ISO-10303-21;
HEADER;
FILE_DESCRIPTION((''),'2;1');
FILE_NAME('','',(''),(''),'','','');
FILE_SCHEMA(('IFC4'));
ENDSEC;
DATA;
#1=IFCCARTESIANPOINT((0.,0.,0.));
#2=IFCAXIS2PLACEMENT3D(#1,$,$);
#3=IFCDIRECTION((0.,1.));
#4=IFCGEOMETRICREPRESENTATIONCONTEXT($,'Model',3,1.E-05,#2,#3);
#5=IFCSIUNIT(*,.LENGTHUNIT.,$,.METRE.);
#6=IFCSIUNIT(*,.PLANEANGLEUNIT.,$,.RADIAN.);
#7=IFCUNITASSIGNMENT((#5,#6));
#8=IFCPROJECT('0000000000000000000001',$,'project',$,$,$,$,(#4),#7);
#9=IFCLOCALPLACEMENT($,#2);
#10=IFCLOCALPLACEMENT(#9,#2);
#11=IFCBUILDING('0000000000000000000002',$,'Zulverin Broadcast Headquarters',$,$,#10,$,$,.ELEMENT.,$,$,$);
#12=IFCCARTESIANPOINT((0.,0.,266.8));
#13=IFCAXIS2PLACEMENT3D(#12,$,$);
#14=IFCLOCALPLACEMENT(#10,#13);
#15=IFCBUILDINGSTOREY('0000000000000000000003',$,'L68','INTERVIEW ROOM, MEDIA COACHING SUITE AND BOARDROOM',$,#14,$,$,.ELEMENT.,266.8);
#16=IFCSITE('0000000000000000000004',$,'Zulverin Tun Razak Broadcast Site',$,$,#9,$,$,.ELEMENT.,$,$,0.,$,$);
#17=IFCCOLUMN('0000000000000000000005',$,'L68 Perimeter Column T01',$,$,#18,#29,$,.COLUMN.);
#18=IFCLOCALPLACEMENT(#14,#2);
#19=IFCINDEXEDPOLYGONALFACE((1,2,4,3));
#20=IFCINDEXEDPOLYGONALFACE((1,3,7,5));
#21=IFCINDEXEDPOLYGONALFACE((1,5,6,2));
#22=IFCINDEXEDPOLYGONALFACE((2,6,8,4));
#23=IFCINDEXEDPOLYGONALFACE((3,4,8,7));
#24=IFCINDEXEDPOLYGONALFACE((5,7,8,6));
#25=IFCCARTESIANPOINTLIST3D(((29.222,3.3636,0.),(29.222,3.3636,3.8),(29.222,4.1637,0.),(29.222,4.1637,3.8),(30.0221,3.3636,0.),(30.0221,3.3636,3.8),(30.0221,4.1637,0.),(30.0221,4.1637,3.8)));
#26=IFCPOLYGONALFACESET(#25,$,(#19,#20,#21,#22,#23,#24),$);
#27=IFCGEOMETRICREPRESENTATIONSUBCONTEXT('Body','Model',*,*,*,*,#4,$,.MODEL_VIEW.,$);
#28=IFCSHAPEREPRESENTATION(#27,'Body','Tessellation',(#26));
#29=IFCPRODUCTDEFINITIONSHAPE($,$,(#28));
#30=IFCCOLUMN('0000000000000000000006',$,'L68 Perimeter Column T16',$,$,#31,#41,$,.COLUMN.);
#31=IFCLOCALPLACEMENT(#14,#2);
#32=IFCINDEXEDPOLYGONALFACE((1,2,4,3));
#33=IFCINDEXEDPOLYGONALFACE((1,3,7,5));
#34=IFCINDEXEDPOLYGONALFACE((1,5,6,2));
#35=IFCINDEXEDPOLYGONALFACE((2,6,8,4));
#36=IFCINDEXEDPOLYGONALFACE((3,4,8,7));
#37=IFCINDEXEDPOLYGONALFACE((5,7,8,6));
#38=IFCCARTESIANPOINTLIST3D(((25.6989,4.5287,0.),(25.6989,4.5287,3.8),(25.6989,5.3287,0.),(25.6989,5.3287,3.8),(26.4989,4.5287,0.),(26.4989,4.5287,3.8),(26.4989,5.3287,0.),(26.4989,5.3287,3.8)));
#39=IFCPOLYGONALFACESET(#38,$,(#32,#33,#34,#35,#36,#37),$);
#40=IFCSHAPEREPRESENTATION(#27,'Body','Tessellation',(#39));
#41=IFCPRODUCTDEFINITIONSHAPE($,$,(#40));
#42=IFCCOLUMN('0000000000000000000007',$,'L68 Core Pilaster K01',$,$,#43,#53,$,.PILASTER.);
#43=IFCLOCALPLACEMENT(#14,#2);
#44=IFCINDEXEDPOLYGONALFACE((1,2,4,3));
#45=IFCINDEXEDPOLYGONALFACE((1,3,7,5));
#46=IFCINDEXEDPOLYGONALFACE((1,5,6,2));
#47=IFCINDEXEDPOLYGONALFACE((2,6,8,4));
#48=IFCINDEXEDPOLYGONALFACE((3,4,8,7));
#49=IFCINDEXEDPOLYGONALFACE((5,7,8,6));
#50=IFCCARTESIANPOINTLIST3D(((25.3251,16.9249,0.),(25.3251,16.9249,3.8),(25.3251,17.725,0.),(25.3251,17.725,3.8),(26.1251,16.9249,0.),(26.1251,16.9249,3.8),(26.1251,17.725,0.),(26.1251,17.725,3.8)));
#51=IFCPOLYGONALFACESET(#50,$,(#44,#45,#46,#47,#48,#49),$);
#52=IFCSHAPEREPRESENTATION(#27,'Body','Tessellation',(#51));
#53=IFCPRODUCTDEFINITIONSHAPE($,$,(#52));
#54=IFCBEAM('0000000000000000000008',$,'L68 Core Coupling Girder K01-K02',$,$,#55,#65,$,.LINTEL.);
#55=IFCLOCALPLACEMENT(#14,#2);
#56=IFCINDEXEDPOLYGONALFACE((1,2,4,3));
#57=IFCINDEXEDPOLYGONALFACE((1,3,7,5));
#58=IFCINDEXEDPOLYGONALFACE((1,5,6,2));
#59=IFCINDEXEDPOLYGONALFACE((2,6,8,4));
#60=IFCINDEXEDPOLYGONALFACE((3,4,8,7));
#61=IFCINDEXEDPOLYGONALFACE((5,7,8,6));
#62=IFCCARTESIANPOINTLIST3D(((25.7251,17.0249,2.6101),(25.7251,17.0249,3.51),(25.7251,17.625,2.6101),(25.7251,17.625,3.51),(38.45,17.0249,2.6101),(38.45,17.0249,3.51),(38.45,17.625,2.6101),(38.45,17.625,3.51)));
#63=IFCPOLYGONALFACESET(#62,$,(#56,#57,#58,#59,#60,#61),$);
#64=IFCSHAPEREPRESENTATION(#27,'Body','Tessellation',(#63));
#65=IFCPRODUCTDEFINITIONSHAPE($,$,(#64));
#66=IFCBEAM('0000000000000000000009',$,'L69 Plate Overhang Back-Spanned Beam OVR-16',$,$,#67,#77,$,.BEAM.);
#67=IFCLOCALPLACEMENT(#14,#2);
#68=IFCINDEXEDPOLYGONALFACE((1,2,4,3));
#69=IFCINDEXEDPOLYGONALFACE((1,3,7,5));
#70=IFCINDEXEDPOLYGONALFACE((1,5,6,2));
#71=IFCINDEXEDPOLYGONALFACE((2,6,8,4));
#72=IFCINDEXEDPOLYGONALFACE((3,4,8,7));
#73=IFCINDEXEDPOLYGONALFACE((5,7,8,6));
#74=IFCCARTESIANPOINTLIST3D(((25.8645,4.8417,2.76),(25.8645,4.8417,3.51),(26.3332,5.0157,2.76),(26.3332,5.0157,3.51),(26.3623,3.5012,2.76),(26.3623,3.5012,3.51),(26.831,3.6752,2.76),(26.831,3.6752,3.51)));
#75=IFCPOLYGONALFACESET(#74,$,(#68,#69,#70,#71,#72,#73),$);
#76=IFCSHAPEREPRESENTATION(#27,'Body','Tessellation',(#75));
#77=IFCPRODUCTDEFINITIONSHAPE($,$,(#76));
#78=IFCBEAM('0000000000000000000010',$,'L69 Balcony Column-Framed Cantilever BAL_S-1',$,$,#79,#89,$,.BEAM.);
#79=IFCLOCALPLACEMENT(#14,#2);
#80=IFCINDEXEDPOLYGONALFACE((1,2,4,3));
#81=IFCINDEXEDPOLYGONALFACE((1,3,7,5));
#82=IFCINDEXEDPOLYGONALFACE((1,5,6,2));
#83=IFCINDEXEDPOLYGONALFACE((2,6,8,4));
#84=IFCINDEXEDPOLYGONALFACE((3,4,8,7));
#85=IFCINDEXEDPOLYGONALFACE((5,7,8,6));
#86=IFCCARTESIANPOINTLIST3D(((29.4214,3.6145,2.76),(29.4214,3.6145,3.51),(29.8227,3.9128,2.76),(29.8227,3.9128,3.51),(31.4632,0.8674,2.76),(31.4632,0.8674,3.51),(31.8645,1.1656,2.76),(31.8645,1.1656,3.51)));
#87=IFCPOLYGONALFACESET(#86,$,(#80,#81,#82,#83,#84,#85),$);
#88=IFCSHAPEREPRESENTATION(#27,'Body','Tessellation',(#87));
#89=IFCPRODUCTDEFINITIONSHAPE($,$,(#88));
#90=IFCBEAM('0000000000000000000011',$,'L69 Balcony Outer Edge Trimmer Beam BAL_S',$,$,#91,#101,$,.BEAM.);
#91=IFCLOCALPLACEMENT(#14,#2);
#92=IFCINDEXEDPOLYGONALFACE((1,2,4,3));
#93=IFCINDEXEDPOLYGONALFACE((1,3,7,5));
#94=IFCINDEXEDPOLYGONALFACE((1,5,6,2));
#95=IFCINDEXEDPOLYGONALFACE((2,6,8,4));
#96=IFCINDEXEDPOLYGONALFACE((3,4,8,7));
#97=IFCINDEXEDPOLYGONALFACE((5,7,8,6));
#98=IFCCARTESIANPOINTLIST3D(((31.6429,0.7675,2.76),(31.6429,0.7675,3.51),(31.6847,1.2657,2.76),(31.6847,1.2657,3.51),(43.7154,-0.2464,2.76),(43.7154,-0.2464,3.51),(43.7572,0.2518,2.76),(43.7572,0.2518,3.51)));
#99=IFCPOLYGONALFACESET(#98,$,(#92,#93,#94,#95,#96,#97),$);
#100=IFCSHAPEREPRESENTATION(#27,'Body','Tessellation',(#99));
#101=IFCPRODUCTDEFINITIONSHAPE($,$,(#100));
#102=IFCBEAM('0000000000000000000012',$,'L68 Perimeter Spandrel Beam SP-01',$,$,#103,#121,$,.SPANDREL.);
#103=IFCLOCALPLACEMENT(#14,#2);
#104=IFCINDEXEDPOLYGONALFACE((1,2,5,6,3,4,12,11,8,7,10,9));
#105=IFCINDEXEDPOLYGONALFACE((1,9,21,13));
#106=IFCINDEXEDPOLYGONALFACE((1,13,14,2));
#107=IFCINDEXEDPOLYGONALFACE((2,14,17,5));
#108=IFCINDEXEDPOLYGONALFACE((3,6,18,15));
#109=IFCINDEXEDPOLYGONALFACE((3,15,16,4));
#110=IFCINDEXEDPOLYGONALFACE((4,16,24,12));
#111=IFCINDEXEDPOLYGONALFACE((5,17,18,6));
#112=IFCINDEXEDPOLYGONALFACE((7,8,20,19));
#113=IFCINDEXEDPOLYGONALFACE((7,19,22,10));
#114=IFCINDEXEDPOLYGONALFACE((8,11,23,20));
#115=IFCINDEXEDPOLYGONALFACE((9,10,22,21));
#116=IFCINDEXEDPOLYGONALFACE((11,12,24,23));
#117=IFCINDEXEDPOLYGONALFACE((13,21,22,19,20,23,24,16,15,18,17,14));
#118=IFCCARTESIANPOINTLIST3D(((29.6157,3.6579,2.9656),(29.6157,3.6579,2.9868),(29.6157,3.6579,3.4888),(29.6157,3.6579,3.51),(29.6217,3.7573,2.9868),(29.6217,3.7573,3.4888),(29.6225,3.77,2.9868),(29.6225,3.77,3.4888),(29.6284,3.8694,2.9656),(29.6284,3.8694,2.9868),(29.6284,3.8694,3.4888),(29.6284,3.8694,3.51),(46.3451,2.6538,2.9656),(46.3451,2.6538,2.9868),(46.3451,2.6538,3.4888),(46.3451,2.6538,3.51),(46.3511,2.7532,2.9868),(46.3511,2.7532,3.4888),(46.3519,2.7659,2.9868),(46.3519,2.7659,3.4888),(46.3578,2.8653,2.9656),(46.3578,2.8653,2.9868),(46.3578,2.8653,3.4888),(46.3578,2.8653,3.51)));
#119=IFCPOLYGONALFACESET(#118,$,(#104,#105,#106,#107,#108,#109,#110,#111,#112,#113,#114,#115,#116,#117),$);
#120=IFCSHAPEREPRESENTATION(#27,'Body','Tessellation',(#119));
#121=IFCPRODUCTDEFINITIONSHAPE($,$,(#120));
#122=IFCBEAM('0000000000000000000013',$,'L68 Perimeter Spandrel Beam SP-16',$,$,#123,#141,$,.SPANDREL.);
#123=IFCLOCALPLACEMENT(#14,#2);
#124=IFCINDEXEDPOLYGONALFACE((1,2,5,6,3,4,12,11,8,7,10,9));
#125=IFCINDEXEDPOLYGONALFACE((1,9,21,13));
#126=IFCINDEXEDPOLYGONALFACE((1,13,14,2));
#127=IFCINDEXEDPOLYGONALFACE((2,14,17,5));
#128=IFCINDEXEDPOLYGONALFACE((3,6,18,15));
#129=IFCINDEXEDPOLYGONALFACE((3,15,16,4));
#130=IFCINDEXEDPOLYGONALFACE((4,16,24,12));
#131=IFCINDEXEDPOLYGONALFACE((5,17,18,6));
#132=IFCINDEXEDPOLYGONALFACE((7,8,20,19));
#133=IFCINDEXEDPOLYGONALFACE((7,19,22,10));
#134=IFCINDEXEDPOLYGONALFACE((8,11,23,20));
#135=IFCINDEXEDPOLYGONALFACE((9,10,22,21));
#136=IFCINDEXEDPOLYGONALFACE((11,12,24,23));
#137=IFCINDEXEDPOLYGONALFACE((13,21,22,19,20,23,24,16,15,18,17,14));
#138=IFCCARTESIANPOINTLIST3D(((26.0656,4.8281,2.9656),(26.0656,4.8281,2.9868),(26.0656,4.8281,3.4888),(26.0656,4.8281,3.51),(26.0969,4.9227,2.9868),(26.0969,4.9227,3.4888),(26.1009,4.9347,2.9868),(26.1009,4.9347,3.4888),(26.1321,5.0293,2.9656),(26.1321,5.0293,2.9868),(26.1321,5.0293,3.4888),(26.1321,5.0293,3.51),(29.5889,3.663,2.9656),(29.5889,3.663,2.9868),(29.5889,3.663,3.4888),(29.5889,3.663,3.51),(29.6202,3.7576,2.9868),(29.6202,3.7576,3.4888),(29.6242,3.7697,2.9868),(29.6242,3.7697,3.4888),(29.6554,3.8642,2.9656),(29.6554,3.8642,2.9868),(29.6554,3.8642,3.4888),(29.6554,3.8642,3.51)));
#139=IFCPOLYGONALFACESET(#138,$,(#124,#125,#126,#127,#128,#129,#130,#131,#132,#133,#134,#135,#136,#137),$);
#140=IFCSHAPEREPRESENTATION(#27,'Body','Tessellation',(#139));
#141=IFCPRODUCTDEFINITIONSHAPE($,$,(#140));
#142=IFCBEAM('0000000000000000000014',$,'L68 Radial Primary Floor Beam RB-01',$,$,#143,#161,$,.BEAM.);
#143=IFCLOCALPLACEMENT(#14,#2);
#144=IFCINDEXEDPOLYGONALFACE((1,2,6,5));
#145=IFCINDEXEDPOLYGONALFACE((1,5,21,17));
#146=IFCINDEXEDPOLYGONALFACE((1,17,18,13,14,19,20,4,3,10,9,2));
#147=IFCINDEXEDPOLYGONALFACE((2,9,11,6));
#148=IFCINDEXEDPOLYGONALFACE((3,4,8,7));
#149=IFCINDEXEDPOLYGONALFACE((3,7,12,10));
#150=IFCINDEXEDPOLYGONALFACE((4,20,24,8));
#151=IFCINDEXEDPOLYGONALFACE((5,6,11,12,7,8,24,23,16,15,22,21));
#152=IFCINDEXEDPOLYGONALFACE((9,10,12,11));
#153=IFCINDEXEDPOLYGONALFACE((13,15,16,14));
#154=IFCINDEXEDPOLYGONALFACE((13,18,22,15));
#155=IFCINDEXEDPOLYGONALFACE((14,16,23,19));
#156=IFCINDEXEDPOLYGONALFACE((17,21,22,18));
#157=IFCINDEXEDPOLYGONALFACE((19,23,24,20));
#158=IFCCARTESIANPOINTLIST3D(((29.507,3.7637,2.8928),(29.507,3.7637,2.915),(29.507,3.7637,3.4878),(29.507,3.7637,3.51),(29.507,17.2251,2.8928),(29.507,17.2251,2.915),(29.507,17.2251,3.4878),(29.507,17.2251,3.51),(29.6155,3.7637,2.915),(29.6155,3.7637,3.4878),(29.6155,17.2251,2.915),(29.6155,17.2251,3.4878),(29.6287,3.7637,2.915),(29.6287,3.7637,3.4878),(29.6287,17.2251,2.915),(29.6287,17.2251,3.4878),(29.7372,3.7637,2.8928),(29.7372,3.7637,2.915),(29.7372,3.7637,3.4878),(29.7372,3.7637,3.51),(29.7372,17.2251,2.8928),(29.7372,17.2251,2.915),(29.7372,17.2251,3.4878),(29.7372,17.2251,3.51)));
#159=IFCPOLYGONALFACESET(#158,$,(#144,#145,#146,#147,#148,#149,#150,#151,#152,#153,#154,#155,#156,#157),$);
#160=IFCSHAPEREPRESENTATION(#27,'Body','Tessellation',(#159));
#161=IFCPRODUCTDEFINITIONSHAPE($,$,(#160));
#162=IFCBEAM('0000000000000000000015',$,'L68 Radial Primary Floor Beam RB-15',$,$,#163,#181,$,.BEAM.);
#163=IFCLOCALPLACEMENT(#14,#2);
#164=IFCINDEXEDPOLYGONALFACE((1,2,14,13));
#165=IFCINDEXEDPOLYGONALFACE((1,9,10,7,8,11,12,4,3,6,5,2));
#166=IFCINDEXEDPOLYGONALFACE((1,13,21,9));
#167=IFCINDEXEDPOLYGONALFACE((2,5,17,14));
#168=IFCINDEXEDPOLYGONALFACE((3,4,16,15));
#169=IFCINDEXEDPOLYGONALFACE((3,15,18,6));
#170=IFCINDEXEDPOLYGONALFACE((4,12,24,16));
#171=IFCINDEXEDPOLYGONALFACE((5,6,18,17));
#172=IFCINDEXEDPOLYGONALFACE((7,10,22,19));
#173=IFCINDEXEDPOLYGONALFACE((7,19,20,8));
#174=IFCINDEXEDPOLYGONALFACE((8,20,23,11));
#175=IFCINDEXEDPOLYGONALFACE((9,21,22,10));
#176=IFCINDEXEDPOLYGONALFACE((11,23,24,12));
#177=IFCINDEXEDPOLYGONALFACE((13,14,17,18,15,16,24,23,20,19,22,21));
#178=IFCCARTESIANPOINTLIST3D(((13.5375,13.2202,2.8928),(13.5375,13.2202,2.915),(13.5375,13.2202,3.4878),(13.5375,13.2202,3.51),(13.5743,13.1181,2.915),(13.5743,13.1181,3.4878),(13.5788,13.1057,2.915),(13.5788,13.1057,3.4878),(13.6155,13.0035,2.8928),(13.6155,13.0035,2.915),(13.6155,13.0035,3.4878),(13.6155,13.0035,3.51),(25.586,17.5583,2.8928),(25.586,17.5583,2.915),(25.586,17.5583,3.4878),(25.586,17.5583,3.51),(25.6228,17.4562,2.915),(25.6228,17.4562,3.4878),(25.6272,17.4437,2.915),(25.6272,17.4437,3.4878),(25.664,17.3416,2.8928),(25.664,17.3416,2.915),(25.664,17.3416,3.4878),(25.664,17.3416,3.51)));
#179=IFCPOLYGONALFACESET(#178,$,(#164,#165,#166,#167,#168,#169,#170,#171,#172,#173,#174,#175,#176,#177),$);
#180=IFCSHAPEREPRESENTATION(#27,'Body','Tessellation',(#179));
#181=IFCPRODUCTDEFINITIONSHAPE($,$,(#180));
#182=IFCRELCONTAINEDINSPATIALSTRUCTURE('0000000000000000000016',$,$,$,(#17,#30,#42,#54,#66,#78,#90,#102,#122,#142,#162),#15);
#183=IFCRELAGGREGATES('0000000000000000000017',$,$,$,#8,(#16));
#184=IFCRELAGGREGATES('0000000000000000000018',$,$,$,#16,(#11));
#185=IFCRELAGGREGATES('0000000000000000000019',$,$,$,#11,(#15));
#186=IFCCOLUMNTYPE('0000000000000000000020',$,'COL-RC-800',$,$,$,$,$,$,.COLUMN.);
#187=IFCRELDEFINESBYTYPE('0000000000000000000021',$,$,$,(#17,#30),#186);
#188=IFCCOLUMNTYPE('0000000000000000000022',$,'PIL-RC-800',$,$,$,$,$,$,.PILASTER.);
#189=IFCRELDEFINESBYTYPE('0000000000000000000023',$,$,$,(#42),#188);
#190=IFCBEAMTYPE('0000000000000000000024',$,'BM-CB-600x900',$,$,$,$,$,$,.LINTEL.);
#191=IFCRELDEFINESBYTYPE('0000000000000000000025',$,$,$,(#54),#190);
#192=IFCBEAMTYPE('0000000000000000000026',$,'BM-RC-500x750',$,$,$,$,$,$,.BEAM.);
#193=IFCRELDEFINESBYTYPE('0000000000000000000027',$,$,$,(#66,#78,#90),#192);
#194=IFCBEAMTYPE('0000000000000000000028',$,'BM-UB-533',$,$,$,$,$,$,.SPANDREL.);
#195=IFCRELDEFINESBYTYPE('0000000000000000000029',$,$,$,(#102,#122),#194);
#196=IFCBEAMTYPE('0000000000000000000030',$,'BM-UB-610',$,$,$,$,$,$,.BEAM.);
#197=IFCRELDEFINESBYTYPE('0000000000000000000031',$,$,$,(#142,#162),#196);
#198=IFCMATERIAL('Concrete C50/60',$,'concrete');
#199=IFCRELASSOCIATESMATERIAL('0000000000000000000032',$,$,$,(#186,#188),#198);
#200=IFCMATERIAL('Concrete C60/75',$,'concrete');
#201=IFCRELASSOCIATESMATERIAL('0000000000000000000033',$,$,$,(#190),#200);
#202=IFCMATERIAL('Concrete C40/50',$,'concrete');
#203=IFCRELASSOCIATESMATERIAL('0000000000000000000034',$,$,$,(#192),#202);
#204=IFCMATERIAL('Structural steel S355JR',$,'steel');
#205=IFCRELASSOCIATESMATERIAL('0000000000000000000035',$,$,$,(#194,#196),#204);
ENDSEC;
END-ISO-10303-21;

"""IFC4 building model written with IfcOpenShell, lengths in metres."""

from ifc_helpers import new_model, si_unit, direction, frame, origin, origin_2d, place, context, subcontext, project, spatial, rectangle, i_section, extrude, material, material_profile, profile_set, type_object, element, save


model = new_model("IFC4")

# Units and contexts
model_context = context("Model", 3, precision=1e-05, world=origin(), true_north=direction((0.0, 1.0)))
body_context = subcontext(model_context, "Body", "Model", "MODEL_VIEW")
ifc_project = project(units=[si_unit("LENGTHUNIT", "METRE"), si_unit("PLANEANGLEUNIT", "RADIAN")], contexts=[model_context])

# Site, building, storey
site_placement = place(None, origin())
site = spatial("IfcSite", under=ifc_project, at=site_placement, Name="Zulverin Tun Razak Broadcast Site", CompositionType="ELEMENT", RefElevation=0.0)
building_placement = place(site_placement, origin())
building = spatial("IfcBuilding", under=site, at=building_placement, Name="Zulverin Broadcast Headquarters", CompositionType="ELEMENT")
storey_placement = place(building_placement, frame((0.0, 0.0, 266.8)))
storey = spatial("IfcBuildingStorey", under=building, at=storey_placement, Name="L68", Description="INTERVIEW ROOM, MEDIA COACHING SUITE AND BOARDROOM", CompositionType="ELEMENT", Elevation=266.8)

# Columns
ifc_material_1 = material(Name="Concrete C50/60", Category="concrete")
ifc_material_profile_1 = material_profile(ifc_material_1, rectangle(XDim=0.8, YDim=0.8, at=origin_2d()), Name="Concrete C50/60", Category="concrete")
ifc_profile_set_1 = profile_set([ifc_material_profile_1], Name="Concrete C50/60")
column_type_1 = type_object("IfcColumnType", Name="COL-RC-800", PredefinedType="COLUMN", material=ifc_profile_set_1)
for number, where, z_axis, x_axis, name in (
    (1, (29.6221, 3.7637, 0.0), (0.0, 0.0, 1.0), (1.0, 0.0, 0.0), "L68 Perimeter Column T01"),
    (2, (26.0989, 4.9287, 0.0), (0.0, 0.0, 1.0), (1.0, 0.0, 0.0), "L68 Perimeter Column T16"),
):
    element("IfcColumn", number, at=place(storey_placement, frame(where, z_axis=z_axis, x_axis=x_axis)), inside=storey, type_object=column_type_1, Name=name, PredefinedType="COLUMN", context=body_context, shape_type="SweptSolid", body=[
        extrude(rectangle(XDim=0.8, YDim=0.8, at=origin_2d()), origin(), (0.0, 0.0, 1.0), 3.8),
    ])
ifc_material_profile_2 = material_profile(ifc_material_1, rectangle(XDim=0.8, YDim=0.8, at=origin_2d()), Name="Concrete C50/60", Category="concrete")
ifc_profile_set_2 = profile_set([ifc_material_profile_2], Name="Concrete C50/60")
column_type_2 = type_object("IfcColumnType", Name="PIL-RC-800", PredefinedType="PILASTER", material=ifc_profile_set_2)
column_placement = place(storey_placement, frame((25.7251, 17.325, 0.0), z_axis=(0.0, 0.0, 1.0), x_axis=(1.0, 0.0, 0.0)))
element("IfcColumn", 3, at=column_placement, inside=storey, type_object=column_type_2, Name="L68 Core Pilaster K01", PredefinedType="PILASTER", context=body_context, shape_type="SweptSolid", body=[
    extrude(rectangle(XDim=0.8, YDim=0.8, at=origin_2d()), origin(), (0.0, 0.0, 1.0), 3.8),
])

# Beams
ifc_material_2 = material(Name="Concrete C60/75", Category="concrete")
ifc_material_profile_3 = material_profile(ifc_material_2, rectangle(XDim=0.6001, YDim=0.8999, at=origin_2d()), Name="Concrete C60/75", Category="concrete")
ifc_profile_set_3 = profile_set([ifc_material_profile_3], Name="Concrete C60/75")
beam_type_1 = type_object("IfcBeamType", Name="BM-CB-600x900", PredefinedType="LINTEL", material=ifc_profile_set_3)
beam_1_placement = place(storey_placement, frame((25.7251, 17.325, 3.0601), z_axis=(1.0, 0.0, 0.0), x_axis=(0.0, 1.0, 0.0)))
element("IfcBeam", 4, at=beam_1_placement, inside=storey, type_object=beam_type_1, Name="L68 Core Coupling Girder K01-K02", PredefinedType="LINTEL", context=body_context, shape_type="SweptSolid", body=[
    extrude(rectangle(XDim=0.6001, YDim=0.8999, at=origin_2d()), origin(), (0.0, 0.0, 1.0), 12.7249),
])
ifc_material_3 = material(Name="Concrete C40/50", Category="concrete")
ifc_material_profile_4 = material_profile(ifc_material_3, rectangle(XDim=0.5, YDim=0.75, at=origin_2d()), Name="Concrete C40/50", Category="concrete")
ifc_profile_set_4 = profile_set([ifc_material_profile_4], Name="Concrete C40/50")
beam_type_2 = type_object("IfcBeamType", Name="BM-RC-500x750", PredefinedType="BEAM", material=ifc_profile_set_4)
beam_2_placement = place(storey_placement, frame((26.0989, 4.9287, 3.135), z_axis=(0.348109, -0.937454, 0.0), x_axis=(0.937454, 0.348109, 0.0)))
element("IfcBeam", 5, at=beam_2_placement, inside=storey, type_object=beam_type_2, Name="L69 Plate Overhang Back-Spanned Beam OVR-16", PredefinedType="BEAM", context=body_context, shape_type="SweptSolid", body=[
    extrude(rectangle(XDim=0.5, YDim=0.75, at=origin_2d()), origin(), (0.0, 0.0, 1.0), 1.4299),
])
beam_3_placement = place(storey_placement, frame((29.6221, 3.7637, 3.135), z_axis=(0.596525, -0.802595, 0.0), x_axis=(0.802595, 0.596525, 0.0)))
element("IfcBeam", 6, at=beam_3_placement, inside=storey, type_object=beam_type_2, Name="L69 Balcony Column-Framed Cantilever BAL_S-1", PredefinedType="BEAM", context=body_context, shape_type="SweptSolid", body=[
    extrude(rectangle(XDim=0.5, YDim=0.75, at=origin_2d()), origin(), (0.0, 0.0, 1.0), 3.4229),
])
beam_4_placement = place(storey_placement, frame((31.6638, 1.0166, 3.135), z_axis=(0.996492, -0.083691, 0.0), x_axis=(0.083691, 0.996492, 0.0)))
element("IfcBeam", 7, at=beam_4_placement, inside=storey, type_object=beam_type_2, Name="L69 Balcony Outer Edge Trimmer Beam BAL_S", PredefinedType="BEAM", context=body_context, shape_type="SweptSolid", body=[
    extrude(rectangle(XDim=0.5, YDim=0.75, at=origin_2d()), origin(), (0.0, 0.0, 1.0), 12.115),
])
ifc_material_4 = material(Name="Structural steel S355JR", Category="steel")
ifc_material_profile_5 = material_profile(ifc_material_4, i_section(OverallWidth=0.2119, OverallDepth=0.5444, WebThickness=0.0127, FlangeThickness=0.0212, at=origin_2d()), Name="Structural steel S355JR", Category="steel")
ifc_profile_set_5 = profile_set([ifc_material_profile_5], Name="Structural steel S355JR")
beam_type_3 = type_object("IfcBeamType", Name="BM-UB-533", PredefinedType="SPANDREL", material=ifc_profile_set_5)
beam_5_placement = place(storey_placement, frame((29.6221, 3.7637, 3.2378), z_axis=(0.998203, -0.059915, 0.0), x_axis=(0.059915, 0.998203, 0.0)))
element("IfcBeam", 8, at=beam_5_placement, inside=storey, type_object=beam_type_3, Name="L68 Perimeter Spandrel Beam SP-01", PredefinedType="SPANDREL", context=body_context, shape_type="SweptSolid", body=[
    extrude(i_section(OverallWidth=0.2119, OverallDepth=0.5444, WebThickness=0.0127, FlangeThickness=0.0212, at=origin_2d()), origin(), (0.0, 0.0, 1.0), 16.7595),
])
beam_6_placement = place(storey_placement, frame((26.0989, 4.9287, 3.2378), z_axis=(0.949437, -0.313957, 0.0), x_axis=(0.313957, 0.949437, 0.0)))
element("IfcBeam", 9, at=beam_6_placement, inside=storey, type_object=beam_type_3, Name="L68 Perimeter Spandrel Beam SP-16", PredefinedType="SPANDREL", context=body_context, shape_type="SweptSolid", body=[
    extrude(i_section(OverallWidth=0.2119, OverallDepth=0.5444, WebThickness=0.0127, FlangeThickness=0.0212, at=origin_2d()), origin(), (0.0, 0.0, 1.0), 3.7109),
])
ifc_material_profile_6 = material_profile(ifc_material_4, i_section(OverallWidth=0.2302, OverallDepth=0.6172, WebThickness=0.0132, FlangeThickness=0.0222, at=origin_2d()), Name="Structural steel S355JR", Category="steel")
ifc_profile_set_6 = profile_set([ifc_material_profile_6], Name="Structural steel S355JR")
beam_type_4 = type_object("IfcBeamType", Name="BM-UB-610", PredefinedType="BEAM", material=ifc_profile_set_6)
beam_7_placement = place(storey_placement, frame((29.6221, 17.2251, 3.2014), z_axis=(0.0, -1.0, 0.0), x_axis=(1.0, 0.0, 0.0)))
element("IfcBeam", 10, at=beam_7_placement, inside=storey, type_object=beam_type_4, Name="L68 Radial Primary Floor Beam RB-01", PredefinedType="BEAM", context=body_context, shape_type="SweptSolid", body=[
    extrude(i_section(OverallWidth=0.2302, OverallDepth=0.6172, WebThickness=0.0132, FlangeThickness=0.0222, at=origin_2d()), origin(), (0.0, 0.0, 1.0), 13.4614),
])
beam_8_placement = place(storey_placement, frame((25.625, 17.45, 3.2014), z_axis=(-0.940871, -0.338764, 0.0), x_axis=(0.338764, -0.940871, 0.0)))
element("IfcBeam", 11, at=beam_8_placement, inside=storey, type_object=beam_type_4, Name="L68 Radial Primary Floor Beam RB-15", PredefinedType="BEAM", context=body_context, shape_type="SweptSolid", body=[
    extrude(i_section(OverallWidth=0.2302, OverallDepth=0.6172, WebThickness=0.0132, FlangeThickness=0.0222, at=origin_2d()), origin(), (0.0, 0.0, 1.0), 12.8057),
])

save(model, "model.ifc")
